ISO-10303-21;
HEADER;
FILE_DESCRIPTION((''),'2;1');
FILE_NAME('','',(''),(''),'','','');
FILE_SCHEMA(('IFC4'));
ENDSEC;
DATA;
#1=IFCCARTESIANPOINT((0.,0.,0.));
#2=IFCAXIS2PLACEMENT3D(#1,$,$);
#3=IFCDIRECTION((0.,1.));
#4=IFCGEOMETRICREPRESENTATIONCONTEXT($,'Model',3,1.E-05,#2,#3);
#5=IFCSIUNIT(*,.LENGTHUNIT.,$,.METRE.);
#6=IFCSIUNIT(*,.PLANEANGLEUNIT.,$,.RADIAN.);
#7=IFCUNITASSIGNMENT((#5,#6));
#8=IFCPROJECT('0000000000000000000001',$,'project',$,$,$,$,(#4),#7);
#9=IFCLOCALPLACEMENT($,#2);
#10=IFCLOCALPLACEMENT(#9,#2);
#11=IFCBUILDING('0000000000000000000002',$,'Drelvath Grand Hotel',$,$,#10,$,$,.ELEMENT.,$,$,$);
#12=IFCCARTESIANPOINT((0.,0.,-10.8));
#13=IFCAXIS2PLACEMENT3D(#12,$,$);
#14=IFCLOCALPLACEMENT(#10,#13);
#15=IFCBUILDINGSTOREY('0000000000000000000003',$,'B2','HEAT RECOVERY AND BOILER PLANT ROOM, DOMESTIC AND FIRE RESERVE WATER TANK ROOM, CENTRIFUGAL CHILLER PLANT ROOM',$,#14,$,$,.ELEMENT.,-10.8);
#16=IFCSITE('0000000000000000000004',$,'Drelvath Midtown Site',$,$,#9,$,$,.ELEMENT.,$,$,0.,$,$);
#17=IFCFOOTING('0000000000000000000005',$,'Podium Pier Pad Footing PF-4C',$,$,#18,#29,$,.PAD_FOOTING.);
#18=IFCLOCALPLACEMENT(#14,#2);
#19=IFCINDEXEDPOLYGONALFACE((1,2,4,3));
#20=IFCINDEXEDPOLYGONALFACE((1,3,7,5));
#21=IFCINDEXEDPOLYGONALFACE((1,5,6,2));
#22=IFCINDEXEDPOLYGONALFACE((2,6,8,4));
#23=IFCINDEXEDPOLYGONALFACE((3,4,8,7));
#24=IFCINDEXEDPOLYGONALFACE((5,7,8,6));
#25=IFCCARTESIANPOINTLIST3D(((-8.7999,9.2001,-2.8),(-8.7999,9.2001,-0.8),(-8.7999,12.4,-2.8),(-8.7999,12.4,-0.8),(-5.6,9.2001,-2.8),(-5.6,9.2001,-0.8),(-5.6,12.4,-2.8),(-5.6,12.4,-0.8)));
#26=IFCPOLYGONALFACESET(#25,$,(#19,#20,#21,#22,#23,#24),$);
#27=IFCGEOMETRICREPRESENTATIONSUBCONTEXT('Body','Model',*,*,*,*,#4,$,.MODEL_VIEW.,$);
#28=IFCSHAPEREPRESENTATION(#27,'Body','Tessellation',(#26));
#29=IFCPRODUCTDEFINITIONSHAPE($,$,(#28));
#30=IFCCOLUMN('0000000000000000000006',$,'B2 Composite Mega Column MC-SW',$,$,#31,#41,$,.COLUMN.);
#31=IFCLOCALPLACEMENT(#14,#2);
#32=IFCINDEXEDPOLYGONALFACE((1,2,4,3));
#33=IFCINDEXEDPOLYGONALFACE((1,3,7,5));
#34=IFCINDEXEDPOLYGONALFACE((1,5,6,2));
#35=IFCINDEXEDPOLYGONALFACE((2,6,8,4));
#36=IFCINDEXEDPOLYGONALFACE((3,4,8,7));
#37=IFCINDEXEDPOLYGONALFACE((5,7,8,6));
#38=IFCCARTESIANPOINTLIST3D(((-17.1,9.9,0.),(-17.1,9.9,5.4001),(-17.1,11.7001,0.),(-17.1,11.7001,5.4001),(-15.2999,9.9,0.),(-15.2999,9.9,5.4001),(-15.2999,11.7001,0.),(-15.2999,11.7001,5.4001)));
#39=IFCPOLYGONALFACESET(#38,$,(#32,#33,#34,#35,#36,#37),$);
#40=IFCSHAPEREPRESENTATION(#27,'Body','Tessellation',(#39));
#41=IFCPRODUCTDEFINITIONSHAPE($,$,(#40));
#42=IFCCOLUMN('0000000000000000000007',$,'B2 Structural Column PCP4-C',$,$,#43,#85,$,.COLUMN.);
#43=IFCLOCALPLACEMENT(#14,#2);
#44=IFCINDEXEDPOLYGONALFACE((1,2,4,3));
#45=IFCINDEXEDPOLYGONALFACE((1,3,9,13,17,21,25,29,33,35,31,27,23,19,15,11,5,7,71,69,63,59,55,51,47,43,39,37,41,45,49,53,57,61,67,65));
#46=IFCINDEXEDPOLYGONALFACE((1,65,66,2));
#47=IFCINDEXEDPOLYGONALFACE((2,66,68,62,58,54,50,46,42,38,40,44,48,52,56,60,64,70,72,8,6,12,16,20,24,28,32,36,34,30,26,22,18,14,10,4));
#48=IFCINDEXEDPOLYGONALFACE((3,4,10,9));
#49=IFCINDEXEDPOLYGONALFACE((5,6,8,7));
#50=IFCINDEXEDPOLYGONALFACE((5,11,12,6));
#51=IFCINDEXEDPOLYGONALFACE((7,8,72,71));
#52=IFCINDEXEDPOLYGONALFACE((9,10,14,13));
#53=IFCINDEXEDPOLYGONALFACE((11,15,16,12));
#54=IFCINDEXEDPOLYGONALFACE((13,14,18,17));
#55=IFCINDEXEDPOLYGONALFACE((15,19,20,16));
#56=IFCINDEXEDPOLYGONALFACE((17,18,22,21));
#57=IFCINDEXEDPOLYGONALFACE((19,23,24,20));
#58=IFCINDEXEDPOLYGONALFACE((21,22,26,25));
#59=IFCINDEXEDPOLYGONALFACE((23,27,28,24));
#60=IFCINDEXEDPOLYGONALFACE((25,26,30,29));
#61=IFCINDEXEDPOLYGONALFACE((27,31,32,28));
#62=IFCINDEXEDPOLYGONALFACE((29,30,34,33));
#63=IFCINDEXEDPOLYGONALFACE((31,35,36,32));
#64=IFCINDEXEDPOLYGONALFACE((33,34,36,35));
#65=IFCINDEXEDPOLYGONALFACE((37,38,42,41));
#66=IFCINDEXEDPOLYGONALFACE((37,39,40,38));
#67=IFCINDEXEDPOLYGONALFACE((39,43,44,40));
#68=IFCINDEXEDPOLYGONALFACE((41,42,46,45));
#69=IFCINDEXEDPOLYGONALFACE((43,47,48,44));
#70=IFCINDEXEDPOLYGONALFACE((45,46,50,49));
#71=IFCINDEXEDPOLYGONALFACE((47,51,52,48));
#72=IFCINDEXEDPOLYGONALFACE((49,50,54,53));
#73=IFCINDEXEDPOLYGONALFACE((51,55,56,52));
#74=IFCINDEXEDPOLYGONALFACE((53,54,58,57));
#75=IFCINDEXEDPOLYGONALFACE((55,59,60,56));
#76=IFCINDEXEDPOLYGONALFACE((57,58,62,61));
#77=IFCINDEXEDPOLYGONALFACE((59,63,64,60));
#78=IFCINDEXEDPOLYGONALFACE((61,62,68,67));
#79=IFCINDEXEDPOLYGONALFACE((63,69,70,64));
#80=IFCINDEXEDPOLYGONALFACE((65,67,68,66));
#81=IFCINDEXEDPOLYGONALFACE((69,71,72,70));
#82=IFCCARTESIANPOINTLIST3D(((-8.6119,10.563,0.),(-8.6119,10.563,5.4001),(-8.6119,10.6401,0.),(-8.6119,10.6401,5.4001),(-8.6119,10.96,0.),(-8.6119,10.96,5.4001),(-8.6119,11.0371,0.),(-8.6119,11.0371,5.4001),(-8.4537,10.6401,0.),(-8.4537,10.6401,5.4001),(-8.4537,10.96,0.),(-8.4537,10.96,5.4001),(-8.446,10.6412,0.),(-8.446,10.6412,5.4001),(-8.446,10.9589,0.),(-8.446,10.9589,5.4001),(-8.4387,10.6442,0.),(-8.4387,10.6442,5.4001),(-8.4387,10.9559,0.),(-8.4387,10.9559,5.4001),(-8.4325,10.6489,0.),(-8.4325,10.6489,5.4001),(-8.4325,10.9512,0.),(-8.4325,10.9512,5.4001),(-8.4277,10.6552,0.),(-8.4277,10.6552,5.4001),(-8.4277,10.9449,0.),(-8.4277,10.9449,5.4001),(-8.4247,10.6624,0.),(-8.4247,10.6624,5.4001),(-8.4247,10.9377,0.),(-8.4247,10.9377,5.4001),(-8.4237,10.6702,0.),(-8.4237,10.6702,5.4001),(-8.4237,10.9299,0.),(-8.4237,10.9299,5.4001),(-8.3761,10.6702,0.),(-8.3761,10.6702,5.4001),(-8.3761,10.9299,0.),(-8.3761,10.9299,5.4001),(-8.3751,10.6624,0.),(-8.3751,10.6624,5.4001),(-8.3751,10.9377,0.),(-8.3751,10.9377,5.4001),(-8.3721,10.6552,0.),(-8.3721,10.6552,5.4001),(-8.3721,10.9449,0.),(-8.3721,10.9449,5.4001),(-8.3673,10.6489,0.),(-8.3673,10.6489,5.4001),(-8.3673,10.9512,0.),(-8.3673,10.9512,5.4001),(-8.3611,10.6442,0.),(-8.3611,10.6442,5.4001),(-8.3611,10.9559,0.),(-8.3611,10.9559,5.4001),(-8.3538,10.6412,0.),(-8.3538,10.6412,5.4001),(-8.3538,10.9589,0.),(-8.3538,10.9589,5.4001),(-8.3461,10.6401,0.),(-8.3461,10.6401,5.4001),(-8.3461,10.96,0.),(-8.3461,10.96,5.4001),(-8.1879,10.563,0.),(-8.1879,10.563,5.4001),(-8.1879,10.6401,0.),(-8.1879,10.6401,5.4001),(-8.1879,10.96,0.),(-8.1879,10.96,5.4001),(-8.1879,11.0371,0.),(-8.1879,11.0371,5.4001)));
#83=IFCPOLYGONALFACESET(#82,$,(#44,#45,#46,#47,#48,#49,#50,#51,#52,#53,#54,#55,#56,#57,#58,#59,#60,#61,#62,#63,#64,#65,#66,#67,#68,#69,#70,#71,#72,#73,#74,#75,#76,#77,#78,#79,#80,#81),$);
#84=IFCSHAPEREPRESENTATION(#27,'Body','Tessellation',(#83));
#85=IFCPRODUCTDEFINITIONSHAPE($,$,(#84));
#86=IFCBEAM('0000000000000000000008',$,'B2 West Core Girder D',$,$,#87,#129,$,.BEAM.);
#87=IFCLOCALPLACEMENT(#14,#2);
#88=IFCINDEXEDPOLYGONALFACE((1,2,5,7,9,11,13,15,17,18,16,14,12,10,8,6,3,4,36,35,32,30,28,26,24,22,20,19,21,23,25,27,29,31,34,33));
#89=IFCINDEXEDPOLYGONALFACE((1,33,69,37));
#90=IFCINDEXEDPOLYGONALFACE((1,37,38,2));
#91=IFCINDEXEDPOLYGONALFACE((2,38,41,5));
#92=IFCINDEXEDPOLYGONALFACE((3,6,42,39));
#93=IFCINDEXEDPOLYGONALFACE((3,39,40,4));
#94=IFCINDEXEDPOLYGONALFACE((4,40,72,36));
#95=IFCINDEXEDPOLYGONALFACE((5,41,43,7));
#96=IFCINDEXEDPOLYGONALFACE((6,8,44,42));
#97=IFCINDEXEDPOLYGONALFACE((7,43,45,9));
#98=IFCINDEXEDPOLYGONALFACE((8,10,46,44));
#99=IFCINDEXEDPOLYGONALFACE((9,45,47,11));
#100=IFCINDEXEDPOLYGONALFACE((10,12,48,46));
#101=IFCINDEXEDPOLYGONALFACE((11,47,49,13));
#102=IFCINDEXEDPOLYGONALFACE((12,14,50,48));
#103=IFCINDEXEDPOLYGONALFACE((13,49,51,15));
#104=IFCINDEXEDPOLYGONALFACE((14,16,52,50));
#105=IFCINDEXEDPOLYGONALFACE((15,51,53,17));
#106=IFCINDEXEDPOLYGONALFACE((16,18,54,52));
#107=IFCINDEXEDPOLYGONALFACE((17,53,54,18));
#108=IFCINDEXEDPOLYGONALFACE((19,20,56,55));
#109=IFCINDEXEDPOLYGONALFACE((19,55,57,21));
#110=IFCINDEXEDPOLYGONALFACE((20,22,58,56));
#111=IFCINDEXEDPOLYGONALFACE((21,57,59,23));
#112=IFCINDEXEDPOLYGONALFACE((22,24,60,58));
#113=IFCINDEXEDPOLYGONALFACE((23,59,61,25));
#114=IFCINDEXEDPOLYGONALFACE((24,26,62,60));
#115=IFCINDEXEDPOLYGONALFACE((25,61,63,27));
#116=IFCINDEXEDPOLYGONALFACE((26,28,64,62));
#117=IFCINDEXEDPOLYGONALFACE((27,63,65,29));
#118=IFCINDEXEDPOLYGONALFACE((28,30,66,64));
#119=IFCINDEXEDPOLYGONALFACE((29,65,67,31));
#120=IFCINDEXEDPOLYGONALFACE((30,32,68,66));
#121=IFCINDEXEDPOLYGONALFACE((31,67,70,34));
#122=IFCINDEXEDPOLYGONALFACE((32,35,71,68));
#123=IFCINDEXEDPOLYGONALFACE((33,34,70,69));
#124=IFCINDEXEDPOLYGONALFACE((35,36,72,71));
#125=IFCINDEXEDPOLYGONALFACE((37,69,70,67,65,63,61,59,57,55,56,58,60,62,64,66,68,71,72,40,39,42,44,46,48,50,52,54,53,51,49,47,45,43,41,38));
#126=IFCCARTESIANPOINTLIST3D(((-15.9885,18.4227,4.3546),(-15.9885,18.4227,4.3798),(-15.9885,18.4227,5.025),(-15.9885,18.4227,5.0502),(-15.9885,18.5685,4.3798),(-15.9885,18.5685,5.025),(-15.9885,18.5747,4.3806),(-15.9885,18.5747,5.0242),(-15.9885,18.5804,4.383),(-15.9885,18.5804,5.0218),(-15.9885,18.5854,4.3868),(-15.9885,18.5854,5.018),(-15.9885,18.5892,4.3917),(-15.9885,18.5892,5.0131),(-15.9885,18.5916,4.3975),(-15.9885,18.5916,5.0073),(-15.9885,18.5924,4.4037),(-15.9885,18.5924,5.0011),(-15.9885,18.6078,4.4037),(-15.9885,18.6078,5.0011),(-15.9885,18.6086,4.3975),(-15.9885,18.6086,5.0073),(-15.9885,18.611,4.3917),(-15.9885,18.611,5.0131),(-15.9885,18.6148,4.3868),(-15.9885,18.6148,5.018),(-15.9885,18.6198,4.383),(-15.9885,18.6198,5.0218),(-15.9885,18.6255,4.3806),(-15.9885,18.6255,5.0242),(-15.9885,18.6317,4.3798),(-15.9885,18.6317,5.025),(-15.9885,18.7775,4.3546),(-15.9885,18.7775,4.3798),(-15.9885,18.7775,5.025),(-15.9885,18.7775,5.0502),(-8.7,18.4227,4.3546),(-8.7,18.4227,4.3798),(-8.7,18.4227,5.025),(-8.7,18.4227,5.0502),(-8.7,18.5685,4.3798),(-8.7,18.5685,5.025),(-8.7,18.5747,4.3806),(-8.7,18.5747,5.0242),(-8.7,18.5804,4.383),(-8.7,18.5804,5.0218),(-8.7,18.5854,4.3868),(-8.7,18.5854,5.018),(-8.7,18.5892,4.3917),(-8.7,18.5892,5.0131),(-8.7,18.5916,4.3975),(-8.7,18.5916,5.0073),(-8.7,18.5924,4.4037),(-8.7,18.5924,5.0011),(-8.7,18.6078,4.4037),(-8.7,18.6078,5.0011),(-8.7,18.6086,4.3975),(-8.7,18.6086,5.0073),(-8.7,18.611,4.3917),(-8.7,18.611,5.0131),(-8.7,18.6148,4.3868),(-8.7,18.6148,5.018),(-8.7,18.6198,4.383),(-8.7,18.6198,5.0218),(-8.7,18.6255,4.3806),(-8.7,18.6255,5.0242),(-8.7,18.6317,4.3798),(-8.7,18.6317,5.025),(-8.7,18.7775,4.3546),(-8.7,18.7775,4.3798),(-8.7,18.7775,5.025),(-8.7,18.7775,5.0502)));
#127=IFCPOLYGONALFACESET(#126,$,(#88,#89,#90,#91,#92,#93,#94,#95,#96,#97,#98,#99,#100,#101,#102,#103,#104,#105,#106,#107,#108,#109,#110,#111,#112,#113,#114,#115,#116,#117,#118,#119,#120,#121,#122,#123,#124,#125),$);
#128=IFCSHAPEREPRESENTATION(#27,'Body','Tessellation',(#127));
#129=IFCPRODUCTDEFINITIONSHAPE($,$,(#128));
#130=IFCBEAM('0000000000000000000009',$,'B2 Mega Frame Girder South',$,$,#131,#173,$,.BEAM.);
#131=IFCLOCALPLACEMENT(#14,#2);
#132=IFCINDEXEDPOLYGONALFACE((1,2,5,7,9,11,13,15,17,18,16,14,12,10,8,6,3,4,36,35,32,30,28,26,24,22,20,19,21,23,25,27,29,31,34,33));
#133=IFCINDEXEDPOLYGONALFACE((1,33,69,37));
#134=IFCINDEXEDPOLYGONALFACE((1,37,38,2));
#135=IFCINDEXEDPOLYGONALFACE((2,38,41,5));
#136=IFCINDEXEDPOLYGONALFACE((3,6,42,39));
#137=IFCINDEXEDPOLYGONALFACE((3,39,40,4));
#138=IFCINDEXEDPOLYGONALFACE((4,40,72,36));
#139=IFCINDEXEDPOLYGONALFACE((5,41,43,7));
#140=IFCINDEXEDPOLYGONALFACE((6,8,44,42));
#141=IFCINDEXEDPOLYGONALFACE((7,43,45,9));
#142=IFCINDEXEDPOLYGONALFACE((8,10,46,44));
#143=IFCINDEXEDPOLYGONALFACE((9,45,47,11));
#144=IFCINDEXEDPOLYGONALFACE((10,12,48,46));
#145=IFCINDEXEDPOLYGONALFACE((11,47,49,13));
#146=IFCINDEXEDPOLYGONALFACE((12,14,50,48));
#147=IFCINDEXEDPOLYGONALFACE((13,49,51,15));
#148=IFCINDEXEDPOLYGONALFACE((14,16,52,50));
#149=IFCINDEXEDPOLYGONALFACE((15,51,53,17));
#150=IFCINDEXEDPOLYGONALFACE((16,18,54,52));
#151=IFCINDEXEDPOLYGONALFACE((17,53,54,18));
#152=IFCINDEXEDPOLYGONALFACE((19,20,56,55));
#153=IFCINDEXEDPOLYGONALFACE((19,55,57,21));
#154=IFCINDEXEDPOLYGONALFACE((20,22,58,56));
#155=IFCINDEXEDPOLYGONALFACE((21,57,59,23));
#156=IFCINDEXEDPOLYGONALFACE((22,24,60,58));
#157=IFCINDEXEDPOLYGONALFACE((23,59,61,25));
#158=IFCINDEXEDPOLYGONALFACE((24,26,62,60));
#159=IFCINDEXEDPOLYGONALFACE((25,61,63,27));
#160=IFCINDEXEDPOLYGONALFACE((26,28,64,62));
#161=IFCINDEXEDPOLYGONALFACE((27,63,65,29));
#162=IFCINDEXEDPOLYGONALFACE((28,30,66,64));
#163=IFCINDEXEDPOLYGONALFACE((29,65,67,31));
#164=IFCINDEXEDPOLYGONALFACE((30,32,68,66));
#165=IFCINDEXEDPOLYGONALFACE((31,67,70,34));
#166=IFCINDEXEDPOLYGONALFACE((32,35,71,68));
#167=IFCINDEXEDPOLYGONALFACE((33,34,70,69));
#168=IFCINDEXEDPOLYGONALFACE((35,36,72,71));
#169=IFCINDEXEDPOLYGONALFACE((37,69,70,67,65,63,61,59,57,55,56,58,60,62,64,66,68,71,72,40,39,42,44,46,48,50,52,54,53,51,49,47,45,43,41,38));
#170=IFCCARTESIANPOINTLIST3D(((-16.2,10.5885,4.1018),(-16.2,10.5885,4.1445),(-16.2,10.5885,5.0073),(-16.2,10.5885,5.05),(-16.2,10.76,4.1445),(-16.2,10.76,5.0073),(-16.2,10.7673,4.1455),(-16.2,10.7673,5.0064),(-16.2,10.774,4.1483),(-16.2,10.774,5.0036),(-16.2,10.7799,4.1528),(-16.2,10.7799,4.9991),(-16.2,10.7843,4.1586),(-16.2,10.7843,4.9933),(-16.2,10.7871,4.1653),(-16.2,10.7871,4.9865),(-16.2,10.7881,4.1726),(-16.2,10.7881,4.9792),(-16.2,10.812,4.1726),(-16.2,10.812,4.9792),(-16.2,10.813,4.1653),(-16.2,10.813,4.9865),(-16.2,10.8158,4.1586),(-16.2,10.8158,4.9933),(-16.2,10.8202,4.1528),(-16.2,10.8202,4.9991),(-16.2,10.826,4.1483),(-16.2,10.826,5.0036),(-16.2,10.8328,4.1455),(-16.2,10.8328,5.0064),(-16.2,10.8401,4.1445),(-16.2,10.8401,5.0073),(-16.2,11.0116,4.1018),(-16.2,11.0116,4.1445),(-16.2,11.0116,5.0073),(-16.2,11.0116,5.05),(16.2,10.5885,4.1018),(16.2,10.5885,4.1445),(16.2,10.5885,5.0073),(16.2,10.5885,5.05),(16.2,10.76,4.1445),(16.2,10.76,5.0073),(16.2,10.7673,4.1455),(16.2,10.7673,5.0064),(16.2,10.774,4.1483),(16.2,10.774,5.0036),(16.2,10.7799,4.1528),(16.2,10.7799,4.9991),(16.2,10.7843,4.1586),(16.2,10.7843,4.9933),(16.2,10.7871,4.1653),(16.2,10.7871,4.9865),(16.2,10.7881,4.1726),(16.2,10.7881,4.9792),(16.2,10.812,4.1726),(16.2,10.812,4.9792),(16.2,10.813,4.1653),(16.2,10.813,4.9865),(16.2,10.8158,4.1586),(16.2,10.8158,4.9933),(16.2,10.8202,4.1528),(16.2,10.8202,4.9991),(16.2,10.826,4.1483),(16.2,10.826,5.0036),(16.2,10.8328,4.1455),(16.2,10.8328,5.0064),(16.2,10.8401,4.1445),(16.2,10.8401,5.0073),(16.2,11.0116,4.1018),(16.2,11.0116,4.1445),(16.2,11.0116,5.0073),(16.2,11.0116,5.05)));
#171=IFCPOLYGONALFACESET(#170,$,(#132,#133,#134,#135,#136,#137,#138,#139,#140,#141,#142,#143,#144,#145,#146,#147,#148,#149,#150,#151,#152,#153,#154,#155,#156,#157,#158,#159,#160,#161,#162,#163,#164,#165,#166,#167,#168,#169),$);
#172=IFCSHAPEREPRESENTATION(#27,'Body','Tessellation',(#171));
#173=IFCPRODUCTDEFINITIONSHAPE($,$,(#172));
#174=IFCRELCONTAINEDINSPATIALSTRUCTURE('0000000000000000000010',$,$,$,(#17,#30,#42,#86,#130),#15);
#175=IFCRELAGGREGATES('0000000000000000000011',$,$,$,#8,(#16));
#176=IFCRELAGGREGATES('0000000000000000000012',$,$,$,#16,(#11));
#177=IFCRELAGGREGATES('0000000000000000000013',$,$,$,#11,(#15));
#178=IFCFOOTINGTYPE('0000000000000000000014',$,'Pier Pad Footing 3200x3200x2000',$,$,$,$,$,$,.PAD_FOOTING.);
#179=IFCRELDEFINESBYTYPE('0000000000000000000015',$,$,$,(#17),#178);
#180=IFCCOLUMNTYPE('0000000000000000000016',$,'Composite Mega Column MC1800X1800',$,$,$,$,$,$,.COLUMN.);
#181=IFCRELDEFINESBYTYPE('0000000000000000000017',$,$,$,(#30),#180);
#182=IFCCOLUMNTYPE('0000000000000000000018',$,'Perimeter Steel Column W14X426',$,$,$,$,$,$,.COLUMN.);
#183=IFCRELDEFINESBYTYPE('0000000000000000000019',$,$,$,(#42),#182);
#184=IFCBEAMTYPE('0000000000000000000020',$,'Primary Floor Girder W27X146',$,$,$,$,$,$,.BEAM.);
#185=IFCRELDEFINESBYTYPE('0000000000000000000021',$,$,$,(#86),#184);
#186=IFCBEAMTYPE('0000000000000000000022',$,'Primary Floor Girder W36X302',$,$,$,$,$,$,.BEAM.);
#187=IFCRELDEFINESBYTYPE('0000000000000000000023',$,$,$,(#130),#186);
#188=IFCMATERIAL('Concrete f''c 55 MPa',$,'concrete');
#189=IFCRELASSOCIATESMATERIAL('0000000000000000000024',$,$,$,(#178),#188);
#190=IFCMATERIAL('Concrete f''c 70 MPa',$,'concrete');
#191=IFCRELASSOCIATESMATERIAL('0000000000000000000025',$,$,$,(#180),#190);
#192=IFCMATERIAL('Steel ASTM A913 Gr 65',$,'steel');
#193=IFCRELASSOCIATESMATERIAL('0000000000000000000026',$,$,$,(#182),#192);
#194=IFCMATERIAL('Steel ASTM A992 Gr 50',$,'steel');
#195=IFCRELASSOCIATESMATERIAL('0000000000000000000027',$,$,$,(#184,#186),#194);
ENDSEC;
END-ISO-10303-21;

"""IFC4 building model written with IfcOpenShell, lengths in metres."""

from ifc_helpers import new_model, si_unit, direction, frame, origin, origin_2d, place, context, subcontext, project, spatial, rectangle, i_section, extrude, material, material_profile, profile_set, type_object, element, save


model = new_model("IFC4")

# Units and contexts
model_context = context("Model", 3, precision=1e-05, world=origin(), true_north=direction((0.0, 1.0)))
body_context = subcontext(model_context, "Body", "Model", "MODEL_VIEW")
ifc_project = project(units=[si_unit("LENGTHUNIT", "METRE"), si_unit("PLANEANGLEUNIT", "RADIAN")], contexts=[model_context])

# Site, building, storey
site_placement = place(None, origin())
site = spatial("IfcSite", under=ifc_project, at=site_placement, Name="Drelvath Midtown Site", CompositionType="ELEMENT", RefElevation=0.0)
building_placement = place(site_placement, origin())
building = spatial("IfcBuilding", under=site, at=building_placement, Name="Drelvath Grand Hotel", CompositionType="ELEMENT")
storey_placement = place(building_placement, frame((0.0, 0.0, -10.8)))
storey = spatial("IfcBuildingStorey", under=building, at=storey_placement, Name="B2", Description="HEAT RECOVERY AND BOILER PLANT ROOM, DOMESTIC AND FIRE RESERVE WATER TANK ROOM, CENTRIFUGAL CHILLER PLANT ROOM", CompositionType="ELEMENT", Elevation=-10.8)

# Shared definitions
ifc_material_1 = material(Name="Concrete f'c 55 MPa", Category="concrete")

# Footing
footing_type_1 = type_object("IfcFootingType", Name="Pier Pad Footing 3200x3200x2000", PredefinedType="PAD_FOOTING", material=ifc_material_1)
footing_1_placement = place(storey_placement, frame((-7.2, 10.8, -2.8), z_axis=(0.0, 0.0, 1.0), x_axis=(1.0, 0.0, 0.0)))
element("IfcFooting", 1, at=footing_1_placement, inside=storey, type_object=footing_type_1, Name="Podium Pier Pad Footing PF-4C", PredefinedType="PAD_FOOTING", context=body_context, shape_type="SweptSolid", body=[
    extrude(rectangle(XDim=3.2, YDim=3.2, at=origin_2d()), origin(), (0.0, 0.0, 1.0), 2.0),
])

# Columns
ifc_material_2 = material(Name="Concrete f'c 70 MPa", Category="concrete")
ifc_material_profile_1 = material_profile(ifc_material_2, rectangle(XDim=1.8, YDim=1.8, at=origin_2d()), Name="MC1800X1800")
ifc_profile_set_1 = profile_set([ifc_material_profile_1], Name="Concrete f'c 70 MPa")
column_type_1 = type_object("IfcColumnType", Name="Composite Mega Column MC1800X1800", PredefinedType="COLUMN", material=ifc_profile_set_1)
column_1_placement = place(storey_placement, frame((-16.2, 10.8, 0.0), z_axis=(0.0, 0.0, 1.0), x_axis=(1.0, 0.0, 0.0)))
element("IfcColumn", 2, at=column_1_placement, inside=storey, type_object=column_type_1, Name="B2 Composite Mega Column MC-SW", PredefinedType="COLUMN", context=body_context, shape_type="SweptSolid", body=[
    extrude(rectangle(XDim=1.8, YDim=1.8, at=origin_2d()), origin(), (0.0, 0.0, 1.0), 5.4001),
])
ifc_material_3 = material(Name="Steel ASTM A913 Gr 65", Category="steel")
ifc_material_profile_2 = material_profile(ifc_material_3, i_section(OverallWidth=0.4241, OverallDepth=0.4741, WebThickness=0.0476, FlangeThickness=0.0771, FilletRadius=0.03, at=origin_2d()), Name="W14X426")
ifc_profile_set_2 = profile_set([ifc_material_profile_2], Name="Steel ASTM A913 Gr 65")
column_type_2 = type_object("IfcColumnType", Name="Perimeter Steel Column W14X426", PredefinedType="COLUMN", material=ifc_profile_set_2)
column_2_placement = place(storey_placement, frame((-8.3999, 10.8, 0.0), z_axis=(0.0, 0.0, 1.0), x_axis=(1.0, 0.0, 0.0)))
element("IfcColumn", 3, at=column_2_placement, inside=storey, type_object=column_type_2, Name="B2 Structural Column PCP4-C", PredefinedType="COLUMN", context=body_context, shape_type="SweptSolid", body=[
    extrude(i_section(OverallWidth=0.4241, OverallDepth=0.4741, WebThickness=0.0476, FlangeThickness=0.0771, FilletRadius=0.03, at=origin_2d()), origin(), (0.0, 0.0, 1.0), 5.4001),
])

# Beams
ifc_material_4 = material(Name="Steel ASTM A992 Gr 50", Category="steel")
ifc_material_profile_3 = material_profile(ifc_material_4, i_section(OverallWidth=0.3547, OverallDepth=0.6956, WebThickness=0.0154, FlangeThickness=0.0251, FilletRadius=0.0239, at=origin_2d()), Name="W27X146")
ifc_profile_set_3 = profile_set([ifc_material_profile_3], Name="Steel ASTM A992 Gr 50")
beam_type_1 = type_object("IfcBeamType", Name="Primary Floor Girder W27X146", PredefinedType="BEAM", material=ifc_profile_set_3)
beam_placement = place(storey_placement, frame((-15.9885, 18.6001, 4.7024), z_axis=(1.0, 0.0, 0.0), x_axis=(0.0, 1.0, 0.0)))
element("IfcBeam", 4, at=beam_placement, inside=storey, type_object=beam_type_1, Name="B2 West Core Girder D", PredefinedType="BEAM", context=body_context, shape_type="SweptSolid", body=[
    extrude(i_section(OverallWidth=0.3547, OverallDepth=0.6956, WebThickness=0.0154, FlangeThickness=0.0251, FilletRadius=0.0239, at=origin_2d()), origin(), (0.0, 0.0, 1.0), 7.2886),
])
ifc_material_profile_4 = material_profile(ifc_material_4, i_section(OverallWidth=0.4231, OverallDepth=0.9482, WebThickness=0.0239, FlangeThickness=0.0427, FilletRadius=0.0281, at=origin_2d()), Name="W36X302")
ifc_profile_set_4 = profile_set([ifc_material_profile_4], Name="Steel ASTM A992 Gr 50")
beam_type_2 = type_object("IfcBeamType", Name="Primary Floor Girder W36X302", PredefinedType="BEAM", material=ifc_profile_set_4)
for number, where, z_axis, x_axis, name in (
    (5, (-16.2, 10.8, 4.5759), (1.0, 0.0, 0.0), (0.0, 1.0, 0.0), "B2 Mega Frame Girder South"),
):
    element("IfcBeam", number, at=place(storey_placement, frame(where, z_axis=z_axis, x_axis=x_axis)), inside=storey, type_object=beam_type_2, Name=name, PredefinedType="BEAM", context=body_context, shape_type="SweptSolid", body=[
        extrude(i_section(OverallWidth=0.4231, OverallDepth=0.9482, WebThickness=0.0239, FlangeThickness=0.0427, FilletRadius=0.0281, at=origin_2d()), origin(), (0.0, 0.0, 1.0), 32.3999),
    ])

save(model, "model.ifc")
